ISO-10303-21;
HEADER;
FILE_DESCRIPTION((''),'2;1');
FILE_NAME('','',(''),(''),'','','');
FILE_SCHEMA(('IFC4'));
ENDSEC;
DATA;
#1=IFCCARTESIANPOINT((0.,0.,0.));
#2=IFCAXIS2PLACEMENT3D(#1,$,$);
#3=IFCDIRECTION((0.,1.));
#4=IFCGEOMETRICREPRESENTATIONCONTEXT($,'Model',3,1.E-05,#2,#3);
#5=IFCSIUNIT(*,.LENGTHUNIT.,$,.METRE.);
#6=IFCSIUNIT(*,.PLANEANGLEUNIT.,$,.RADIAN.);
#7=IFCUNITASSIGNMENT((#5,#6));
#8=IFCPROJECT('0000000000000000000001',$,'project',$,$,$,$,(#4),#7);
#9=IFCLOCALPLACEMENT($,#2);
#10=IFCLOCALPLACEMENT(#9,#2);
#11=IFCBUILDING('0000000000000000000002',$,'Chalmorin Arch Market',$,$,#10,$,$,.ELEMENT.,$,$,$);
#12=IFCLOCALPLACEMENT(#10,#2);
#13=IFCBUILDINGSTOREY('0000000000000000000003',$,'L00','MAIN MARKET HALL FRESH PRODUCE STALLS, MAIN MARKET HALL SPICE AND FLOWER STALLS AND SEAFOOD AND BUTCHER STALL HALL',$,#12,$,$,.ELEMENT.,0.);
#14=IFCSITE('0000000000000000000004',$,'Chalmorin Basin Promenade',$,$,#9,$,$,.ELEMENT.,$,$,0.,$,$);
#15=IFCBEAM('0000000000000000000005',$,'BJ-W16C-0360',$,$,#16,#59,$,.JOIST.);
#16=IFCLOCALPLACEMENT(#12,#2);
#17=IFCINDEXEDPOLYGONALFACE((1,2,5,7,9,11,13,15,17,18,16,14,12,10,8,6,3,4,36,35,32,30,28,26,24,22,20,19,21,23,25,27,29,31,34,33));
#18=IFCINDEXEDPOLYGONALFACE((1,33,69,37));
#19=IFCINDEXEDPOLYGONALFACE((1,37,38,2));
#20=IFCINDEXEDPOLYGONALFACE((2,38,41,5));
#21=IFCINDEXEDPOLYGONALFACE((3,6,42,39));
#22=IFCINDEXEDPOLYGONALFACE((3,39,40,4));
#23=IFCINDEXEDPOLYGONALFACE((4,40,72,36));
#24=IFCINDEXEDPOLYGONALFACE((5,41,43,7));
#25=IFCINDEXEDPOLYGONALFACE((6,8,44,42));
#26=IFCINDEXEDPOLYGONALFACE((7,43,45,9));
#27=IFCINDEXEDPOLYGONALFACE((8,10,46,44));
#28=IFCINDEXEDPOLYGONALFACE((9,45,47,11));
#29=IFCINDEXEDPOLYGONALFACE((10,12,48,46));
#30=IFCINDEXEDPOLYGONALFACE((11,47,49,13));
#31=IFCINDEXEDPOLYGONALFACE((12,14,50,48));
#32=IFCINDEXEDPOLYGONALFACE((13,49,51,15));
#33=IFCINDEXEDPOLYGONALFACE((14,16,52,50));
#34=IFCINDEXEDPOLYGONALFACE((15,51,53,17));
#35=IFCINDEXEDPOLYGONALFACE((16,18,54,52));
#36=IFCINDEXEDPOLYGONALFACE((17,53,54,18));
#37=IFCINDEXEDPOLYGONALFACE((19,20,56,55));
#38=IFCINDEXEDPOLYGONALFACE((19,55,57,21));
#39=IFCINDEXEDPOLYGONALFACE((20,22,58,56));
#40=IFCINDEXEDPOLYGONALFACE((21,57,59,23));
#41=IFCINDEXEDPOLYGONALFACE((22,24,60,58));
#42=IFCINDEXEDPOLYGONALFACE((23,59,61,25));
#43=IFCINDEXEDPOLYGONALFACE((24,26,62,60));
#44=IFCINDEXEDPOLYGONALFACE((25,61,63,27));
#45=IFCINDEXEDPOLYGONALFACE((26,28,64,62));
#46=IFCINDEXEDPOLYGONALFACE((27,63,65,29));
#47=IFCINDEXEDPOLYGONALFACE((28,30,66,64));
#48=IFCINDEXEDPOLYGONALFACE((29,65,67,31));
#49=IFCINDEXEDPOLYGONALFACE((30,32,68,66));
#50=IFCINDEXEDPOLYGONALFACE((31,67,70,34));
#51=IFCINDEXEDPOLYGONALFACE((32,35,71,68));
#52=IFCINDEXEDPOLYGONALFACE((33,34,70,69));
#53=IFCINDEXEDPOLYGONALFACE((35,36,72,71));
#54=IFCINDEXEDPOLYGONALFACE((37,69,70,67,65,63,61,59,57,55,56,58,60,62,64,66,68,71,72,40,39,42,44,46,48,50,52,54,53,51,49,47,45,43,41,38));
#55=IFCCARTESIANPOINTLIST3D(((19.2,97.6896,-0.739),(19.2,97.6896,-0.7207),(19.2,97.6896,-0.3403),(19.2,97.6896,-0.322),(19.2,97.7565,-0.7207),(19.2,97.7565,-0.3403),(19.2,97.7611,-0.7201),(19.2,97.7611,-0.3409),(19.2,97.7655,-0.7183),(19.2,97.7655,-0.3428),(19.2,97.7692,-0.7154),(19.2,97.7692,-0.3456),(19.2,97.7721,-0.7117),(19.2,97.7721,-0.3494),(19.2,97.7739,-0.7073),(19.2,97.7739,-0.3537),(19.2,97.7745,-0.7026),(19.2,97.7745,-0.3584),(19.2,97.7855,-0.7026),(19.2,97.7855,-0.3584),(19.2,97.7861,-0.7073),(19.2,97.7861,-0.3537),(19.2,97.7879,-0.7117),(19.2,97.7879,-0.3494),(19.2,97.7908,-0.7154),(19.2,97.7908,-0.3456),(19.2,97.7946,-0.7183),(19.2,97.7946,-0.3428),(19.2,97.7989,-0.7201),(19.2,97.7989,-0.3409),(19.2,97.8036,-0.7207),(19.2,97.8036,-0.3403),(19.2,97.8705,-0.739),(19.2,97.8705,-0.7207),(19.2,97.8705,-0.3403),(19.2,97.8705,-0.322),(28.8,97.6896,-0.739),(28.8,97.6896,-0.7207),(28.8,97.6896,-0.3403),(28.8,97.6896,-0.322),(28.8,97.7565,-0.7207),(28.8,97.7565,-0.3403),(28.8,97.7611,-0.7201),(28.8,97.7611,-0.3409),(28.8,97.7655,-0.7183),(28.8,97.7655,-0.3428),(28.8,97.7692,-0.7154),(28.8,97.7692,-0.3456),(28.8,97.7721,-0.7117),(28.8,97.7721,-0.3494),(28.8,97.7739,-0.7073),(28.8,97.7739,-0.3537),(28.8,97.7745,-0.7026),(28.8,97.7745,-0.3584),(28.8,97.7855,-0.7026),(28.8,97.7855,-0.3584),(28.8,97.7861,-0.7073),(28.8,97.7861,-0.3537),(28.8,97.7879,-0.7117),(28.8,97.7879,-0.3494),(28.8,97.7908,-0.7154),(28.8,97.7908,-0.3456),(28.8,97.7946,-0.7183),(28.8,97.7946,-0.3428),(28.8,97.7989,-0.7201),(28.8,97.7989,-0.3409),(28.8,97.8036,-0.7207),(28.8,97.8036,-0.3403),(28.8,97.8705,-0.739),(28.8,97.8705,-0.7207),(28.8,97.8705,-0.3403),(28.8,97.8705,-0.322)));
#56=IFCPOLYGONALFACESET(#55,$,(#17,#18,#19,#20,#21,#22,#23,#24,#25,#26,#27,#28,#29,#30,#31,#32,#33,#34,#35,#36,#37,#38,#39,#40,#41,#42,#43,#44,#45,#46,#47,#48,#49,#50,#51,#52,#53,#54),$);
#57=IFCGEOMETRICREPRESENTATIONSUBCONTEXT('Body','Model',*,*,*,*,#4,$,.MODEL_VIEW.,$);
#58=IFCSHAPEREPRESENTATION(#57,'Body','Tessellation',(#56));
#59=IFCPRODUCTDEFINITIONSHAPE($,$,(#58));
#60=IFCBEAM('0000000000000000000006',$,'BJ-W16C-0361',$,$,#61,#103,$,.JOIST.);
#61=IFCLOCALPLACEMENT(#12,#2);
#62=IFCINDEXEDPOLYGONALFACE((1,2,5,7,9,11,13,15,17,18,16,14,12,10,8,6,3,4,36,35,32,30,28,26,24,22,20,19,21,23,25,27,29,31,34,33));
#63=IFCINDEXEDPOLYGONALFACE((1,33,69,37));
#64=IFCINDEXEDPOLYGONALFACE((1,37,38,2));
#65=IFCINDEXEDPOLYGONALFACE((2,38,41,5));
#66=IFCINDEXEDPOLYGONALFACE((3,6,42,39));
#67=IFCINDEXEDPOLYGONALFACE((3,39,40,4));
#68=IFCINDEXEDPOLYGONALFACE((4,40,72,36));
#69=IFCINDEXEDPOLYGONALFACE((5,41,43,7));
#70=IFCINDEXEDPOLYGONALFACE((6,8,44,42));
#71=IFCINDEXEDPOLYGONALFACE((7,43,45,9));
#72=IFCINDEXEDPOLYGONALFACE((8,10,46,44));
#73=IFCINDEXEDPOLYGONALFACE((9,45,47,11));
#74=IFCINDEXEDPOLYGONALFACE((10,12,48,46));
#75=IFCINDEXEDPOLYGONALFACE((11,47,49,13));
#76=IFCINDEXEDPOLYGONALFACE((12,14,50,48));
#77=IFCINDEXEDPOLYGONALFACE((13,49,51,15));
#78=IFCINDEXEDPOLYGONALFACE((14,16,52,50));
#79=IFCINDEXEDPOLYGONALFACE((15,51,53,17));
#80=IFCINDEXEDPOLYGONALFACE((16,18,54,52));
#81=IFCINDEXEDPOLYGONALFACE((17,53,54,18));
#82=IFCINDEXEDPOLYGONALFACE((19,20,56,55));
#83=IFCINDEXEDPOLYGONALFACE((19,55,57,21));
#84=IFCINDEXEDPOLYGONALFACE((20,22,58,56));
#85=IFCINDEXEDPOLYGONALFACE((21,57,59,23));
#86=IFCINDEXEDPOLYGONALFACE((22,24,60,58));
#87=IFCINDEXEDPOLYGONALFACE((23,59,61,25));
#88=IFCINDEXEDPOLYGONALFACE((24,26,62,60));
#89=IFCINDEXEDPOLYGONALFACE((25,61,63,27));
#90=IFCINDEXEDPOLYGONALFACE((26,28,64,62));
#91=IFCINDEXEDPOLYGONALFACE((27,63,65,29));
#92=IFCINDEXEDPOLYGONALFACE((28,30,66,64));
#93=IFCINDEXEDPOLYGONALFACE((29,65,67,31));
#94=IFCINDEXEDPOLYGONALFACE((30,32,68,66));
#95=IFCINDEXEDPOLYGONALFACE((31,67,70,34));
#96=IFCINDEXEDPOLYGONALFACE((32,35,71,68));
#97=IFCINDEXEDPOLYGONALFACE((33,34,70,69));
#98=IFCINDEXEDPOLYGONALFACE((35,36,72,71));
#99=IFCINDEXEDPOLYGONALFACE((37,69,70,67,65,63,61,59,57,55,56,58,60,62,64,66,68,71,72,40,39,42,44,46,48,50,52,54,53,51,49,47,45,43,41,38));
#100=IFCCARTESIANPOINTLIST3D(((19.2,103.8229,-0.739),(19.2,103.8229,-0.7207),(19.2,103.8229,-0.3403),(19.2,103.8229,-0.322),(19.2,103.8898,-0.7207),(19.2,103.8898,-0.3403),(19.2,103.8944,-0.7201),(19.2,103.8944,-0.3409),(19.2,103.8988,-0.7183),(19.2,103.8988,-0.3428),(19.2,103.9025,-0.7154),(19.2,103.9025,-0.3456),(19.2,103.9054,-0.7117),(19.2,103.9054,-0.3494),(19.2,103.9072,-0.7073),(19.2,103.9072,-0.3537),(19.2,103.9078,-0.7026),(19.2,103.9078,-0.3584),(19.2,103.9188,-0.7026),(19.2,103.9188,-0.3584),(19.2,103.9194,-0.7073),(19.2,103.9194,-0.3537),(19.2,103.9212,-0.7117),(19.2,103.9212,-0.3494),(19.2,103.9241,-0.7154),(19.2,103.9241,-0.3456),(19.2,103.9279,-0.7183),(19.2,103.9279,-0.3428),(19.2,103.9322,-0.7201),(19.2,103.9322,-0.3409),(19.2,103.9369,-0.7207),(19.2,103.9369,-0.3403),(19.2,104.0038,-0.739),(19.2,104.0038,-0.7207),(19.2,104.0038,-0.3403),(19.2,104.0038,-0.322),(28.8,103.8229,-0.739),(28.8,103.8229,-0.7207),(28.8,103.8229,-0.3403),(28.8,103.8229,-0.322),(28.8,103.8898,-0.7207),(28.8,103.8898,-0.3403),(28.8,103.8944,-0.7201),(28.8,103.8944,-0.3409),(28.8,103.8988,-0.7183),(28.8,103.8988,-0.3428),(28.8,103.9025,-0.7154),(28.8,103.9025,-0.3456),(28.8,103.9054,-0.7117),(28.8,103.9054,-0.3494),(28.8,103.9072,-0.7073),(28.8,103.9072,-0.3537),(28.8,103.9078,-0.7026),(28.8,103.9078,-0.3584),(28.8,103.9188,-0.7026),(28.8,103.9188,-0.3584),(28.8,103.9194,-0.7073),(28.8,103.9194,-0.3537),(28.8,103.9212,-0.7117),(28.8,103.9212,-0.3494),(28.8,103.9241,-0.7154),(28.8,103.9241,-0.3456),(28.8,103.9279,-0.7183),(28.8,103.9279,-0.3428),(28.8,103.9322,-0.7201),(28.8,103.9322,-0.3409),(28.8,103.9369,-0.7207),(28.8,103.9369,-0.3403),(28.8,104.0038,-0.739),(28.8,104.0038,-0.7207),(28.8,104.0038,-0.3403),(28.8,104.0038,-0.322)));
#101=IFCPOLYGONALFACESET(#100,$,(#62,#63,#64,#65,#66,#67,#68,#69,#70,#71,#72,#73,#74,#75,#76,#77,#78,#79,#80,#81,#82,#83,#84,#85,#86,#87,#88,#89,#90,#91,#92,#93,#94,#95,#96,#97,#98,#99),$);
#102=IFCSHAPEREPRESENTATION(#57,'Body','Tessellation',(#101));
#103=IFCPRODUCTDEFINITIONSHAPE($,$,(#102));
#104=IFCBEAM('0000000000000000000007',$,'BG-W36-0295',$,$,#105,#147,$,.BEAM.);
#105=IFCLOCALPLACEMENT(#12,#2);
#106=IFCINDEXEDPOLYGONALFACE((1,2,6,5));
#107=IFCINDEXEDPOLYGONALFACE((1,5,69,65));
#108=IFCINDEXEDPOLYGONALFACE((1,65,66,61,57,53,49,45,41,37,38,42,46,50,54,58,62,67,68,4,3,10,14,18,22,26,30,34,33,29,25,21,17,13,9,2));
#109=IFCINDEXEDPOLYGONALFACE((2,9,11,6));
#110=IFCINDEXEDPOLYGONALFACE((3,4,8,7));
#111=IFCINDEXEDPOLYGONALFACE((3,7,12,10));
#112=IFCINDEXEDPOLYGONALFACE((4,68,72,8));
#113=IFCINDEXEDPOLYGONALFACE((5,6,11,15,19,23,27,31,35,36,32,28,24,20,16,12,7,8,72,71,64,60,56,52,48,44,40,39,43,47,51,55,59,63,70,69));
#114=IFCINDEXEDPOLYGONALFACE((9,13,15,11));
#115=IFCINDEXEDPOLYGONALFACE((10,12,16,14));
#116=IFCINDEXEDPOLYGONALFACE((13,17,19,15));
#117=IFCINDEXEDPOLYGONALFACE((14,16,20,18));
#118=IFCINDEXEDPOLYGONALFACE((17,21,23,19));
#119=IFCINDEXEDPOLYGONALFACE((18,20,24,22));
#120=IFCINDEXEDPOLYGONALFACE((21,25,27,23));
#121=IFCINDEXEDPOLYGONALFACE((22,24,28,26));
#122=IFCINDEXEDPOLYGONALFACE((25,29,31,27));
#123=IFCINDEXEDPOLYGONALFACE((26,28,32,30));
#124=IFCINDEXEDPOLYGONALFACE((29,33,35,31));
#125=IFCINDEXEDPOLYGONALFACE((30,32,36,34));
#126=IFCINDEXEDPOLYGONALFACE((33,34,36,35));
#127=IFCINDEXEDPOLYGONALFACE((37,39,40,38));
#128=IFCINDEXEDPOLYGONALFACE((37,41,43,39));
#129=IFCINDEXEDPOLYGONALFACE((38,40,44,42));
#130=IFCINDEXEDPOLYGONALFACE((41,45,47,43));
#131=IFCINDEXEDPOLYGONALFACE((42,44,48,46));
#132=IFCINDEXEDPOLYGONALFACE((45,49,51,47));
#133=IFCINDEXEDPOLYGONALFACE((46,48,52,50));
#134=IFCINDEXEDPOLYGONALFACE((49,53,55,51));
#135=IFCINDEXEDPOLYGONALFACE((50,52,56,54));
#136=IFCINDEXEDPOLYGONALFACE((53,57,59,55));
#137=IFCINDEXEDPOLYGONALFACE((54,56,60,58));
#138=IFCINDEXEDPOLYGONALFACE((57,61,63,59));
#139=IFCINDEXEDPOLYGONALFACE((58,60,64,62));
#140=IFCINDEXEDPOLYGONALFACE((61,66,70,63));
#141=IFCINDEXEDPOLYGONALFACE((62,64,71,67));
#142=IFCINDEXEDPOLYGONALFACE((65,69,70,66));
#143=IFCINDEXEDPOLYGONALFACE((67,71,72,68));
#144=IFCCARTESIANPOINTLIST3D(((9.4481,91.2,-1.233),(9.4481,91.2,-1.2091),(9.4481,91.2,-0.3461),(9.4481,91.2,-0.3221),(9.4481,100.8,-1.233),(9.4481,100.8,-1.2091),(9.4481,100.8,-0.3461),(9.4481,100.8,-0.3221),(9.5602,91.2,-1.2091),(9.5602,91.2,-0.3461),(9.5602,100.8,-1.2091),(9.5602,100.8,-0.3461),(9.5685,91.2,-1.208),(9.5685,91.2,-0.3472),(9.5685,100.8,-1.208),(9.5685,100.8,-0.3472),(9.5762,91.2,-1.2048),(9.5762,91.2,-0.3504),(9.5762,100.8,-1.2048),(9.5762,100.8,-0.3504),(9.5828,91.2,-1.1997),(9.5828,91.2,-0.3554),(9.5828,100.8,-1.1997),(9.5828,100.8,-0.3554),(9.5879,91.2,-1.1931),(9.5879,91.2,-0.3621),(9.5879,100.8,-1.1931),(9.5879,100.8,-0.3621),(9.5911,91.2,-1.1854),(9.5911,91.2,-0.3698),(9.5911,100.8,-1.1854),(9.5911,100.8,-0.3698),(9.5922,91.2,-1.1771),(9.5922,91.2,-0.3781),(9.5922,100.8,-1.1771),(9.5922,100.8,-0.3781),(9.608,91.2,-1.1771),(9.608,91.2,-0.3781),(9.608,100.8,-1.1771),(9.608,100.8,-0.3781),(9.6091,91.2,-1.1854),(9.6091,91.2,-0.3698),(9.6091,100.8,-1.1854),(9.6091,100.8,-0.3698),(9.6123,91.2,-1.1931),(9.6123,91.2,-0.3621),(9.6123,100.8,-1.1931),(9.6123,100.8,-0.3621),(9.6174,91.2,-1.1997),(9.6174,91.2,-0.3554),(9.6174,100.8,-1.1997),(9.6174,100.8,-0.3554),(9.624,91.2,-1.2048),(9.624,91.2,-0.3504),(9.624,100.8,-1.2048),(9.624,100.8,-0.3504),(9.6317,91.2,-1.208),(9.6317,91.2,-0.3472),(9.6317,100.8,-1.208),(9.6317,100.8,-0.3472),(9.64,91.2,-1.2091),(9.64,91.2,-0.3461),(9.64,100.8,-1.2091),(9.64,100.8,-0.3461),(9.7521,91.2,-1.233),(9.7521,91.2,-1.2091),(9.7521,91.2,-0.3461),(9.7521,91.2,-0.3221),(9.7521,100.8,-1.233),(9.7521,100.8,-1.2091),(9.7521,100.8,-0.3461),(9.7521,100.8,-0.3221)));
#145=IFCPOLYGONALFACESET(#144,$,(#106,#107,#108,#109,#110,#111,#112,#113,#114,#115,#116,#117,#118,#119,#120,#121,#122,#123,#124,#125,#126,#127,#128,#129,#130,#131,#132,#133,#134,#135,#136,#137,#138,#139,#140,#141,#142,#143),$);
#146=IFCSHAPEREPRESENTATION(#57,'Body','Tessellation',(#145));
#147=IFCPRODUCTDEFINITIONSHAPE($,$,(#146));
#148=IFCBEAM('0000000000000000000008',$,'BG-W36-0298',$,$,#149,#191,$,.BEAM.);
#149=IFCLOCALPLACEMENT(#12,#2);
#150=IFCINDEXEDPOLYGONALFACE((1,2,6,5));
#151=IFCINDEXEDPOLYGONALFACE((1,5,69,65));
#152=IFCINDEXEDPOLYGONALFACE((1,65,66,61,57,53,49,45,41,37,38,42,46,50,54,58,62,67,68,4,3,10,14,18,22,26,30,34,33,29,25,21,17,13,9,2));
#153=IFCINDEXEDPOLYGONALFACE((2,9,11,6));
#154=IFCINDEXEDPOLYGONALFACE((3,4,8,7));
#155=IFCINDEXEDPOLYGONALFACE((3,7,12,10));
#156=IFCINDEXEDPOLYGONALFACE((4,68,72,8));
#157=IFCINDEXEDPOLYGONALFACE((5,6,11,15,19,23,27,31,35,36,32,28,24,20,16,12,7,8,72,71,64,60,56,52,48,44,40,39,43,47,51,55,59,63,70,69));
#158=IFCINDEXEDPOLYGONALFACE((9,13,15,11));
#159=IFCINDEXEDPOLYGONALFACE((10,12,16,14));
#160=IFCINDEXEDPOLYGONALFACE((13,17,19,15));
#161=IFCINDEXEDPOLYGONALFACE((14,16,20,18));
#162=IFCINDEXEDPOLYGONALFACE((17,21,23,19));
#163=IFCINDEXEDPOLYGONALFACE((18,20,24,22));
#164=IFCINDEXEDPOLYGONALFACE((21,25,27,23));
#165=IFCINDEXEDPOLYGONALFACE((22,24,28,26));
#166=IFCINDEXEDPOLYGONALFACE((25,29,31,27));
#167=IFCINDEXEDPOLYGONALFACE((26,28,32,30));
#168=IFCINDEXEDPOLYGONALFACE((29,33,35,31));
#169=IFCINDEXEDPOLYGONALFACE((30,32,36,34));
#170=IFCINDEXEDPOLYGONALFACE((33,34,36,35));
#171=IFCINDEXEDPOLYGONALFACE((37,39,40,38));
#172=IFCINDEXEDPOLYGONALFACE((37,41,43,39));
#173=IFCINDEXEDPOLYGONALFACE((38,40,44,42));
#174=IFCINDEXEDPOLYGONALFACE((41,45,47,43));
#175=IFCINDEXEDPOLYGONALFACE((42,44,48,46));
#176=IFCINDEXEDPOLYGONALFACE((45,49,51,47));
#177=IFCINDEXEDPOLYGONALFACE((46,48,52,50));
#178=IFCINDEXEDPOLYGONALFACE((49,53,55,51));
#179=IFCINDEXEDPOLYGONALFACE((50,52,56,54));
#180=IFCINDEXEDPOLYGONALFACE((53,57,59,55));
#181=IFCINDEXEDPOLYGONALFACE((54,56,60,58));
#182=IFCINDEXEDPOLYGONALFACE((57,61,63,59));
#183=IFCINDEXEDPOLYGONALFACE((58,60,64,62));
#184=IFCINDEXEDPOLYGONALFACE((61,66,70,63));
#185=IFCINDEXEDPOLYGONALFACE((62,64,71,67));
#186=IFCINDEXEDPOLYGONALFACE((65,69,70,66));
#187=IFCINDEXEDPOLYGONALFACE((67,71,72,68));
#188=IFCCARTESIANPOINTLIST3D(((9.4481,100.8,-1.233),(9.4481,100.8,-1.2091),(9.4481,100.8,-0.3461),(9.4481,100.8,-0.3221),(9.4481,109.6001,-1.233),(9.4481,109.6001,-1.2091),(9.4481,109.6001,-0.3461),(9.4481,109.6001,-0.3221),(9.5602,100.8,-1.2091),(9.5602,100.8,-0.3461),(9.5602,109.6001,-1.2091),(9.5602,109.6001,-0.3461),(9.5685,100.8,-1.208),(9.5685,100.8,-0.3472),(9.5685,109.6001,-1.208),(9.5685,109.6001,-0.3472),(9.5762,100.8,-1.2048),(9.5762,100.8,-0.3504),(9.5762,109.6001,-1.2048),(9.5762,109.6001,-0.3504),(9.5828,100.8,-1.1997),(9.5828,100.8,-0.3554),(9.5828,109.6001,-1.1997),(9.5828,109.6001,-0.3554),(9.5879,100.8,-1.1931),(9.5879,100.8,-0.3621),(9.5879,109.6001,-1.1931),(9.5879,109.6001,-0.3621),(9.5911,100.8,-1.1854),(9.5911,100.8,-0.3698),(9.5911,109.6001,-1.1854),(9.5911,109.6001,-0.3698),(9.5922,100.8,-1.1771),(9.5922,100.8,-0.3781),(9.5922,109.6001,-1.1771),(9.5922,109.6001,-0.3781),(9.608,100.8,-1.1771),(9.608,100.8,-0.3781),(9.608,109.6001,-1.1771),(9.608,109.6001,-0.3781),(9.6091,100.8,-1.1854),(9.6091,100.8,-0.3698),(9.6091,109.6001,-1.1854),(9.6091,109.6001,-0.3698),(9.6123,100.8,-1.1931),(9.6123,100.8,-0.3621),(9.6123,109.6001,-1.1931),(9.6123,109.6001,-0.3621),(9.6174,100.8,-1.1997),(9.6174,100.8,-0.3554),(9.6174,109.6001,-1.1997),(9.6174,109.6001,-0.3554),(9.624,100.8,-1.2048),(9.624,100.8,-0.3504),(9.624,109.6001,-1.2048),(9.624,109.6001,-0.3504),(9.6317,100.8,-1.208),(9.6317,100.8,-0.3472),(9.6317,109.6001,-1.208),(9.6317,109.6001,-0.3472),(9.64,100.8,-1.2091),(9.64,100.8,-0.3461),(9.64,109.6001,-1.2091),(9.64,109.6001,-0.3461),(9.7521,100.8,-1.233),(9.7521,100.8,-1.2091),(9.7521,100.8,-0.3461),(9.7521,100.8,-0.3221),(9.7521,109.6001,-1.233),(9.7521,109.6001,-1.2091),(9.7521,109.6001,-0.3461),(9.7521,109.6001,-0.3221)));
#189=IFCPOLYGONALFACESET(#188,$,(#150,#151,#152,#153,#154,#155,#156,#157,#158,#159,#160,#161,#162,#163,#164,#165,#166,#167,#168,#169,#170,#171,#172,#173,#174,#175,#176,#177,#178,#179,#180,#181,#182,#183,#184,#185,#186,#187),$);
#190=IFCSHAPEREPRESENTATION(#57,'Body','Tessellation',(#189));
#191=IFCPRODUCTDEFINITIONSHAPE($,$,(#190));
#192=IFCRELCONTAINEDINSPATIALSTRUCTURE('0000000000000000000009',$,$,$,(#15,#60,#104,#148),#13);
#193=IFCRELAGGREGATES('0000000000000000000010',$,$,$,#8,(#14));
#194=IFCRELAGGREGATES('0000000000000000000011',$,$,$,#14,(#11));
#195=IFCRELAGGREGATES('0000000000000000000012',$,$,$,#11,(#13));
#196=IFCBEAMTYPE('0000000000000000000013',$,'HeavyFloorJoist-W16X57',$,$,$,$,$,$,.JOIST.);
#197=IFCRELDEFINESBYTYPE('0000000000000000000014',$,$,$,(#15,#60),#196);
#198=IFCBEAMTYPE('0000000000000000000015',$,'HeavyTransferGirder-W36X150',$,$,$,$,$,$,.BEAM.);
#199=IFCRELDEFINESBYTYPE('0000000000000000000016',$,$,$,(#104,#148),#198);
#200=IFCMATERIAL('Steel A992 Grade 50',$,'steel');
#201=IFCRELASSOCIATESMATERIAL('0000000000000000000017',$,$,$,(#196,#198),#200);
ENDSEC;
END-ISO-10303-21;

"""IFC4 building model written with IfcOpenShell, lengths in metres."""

from ifc_helpers import new_model, si_unit, direction, frame, origin, origin_2d, place, context, subcontext, project, spatial, i_section, extrude, material, material_profile, profile_set, type_object, element, save


model = new_model("IFC4")

# Units and contexts
model_context = context("Model", 3, precision=1e-05, world=origin(), true_north=direction((0.0, 1.0)))
body_context = subcontext(model_context, "Body", "Model", "MODEL_VIEW")
ifc_project = project(units=[si_unit("LENGTHUNIT", "METRE"), si_unit("PLANEANGLEUNIT", "RADIAN")], contexts=[model_context])

# Site, building, storey
site_placement = place(None, origin())
site = spatial("IfcSite", under=ifc_project, at=site_placement, Name="Chalmorin Basin Promenade", CompositionType="ELEMENT", RefElevation=0.0)
building_placement = place(site_placement, origin())
building = spatial("IfcBuilding", under=site, at=building_placement, Name="Chalmorin Arch Market", CompositionType="ELEMENT")
storey_placement = place(building_placement, origin())
storey = spatial("IfcBuildingStorey", under=building, at=storey_placement, Name="L00", Description="MAIN MARKET HALL FRESH PRODUCE STALLS, MAIN MARKET HALL SPICE AND FLOWER STALLS AND SEAFOOD AND BUTCHER STALL HALL", CompositionType="ELEMENT", Elevation=0.0)

# Beams
ifc_material_1 = material(Name="Steel A992 Grade 50", Category="steel")
ifc_material_profile_1 = material_profile(ifc_material_1, i_section(OverallWidth=0.1809, OverallDepth=0.417, WebThickness=0.011, FlangeThickness=0.0183, FilletRadius=0.0181, at=origin_2d()), Name="W16X57")
ifc_profile_set_1 = profile_set([ifc_material_profile_1], Name="Steel A992 Grade 50")
beam_type_1 = type_object("IfcBeamType", Name="HeavyFloorJoist-W16X57", PredefinedType="JOIST", material=ifc_profile_set_1)
for number, where, z_axis, x_axis, name in (
    (1, (19.2, 97.78, -0.5305), (1.0, 0.0, 0.0), (0.0, 1.0, 0.0), "BJ-W16C-0360"),
    (2, (19.2, 103.9133, -0.5305), (1.0, 0.0, 0.0), (0.0, 1.0, 0.0), "BJ-W16C-0361"),
):
    element("IfcBeam", number, at=place(storey_placement, frame(where, z_axis=z_axis, x_axis=x_axis)), inside=storey, type_object=beam_type_1, Name=name, PredefinedType="JOIST", context=body_context, shape_type="SweptSolid", body=[
        extrude(i_section(OverallWidth=0.1809, OverallDepth=0.417, WebThickness=0.011, FlangeThickness=0.0183, FilletRadius=0.0181, at=origin_2d()), origin(), (0.0, 0.0, 1.0), 9.6001),
    ])
ifc_material_profile_2 = material_profile(ifc_material_1, i_section(OverallWidth=0.304, OverallDepth=0.9109, WebThickness=0.0159, FlangeThickness=0.0239, FilletRadius=0.032, at=origin_2d()), Name="W36X150")
ifc_profile_set_2 = profile_set([ifc_material_profile_2], Name="Steel A992 Grade 50")
beam_type_2 = type_object("IfcBeamType", Name="HeavyTransferGirder-W36X150", PredefinedType="BEAM", material=ifc_profile_set_2)
beam_1_placement = place(storey_placement, frame((9.6001, 91.2, -0.7776), z_axis=(0.0, 1.0, 0.0), x_axis=(-1.0, 0.0, 0.0)))
element("IfcBeam", 3, at=beam_1_placement, inside=storey, type_object=beam_type_2, Name="BG-W36-0295", PredefinedType="BEAM", context=body_context, shape_type="SweptSolid", body=[
    extrude(i_section(OverallWidth=0.304, OverallDepth=0.9109, WebThickness=0.0159, FlangeThickness=0.0239, FilletRadius=0.032, at=origin_2d()), origin(), (0.0, 0.0, 1.0), 9.6001),
])
beam_2_placement = place(storey_placement, frame((9.6001, 100.8, -0.7776), z_axis=(0.0, 1.0, 0.0), x_axis=(-1.0, 0.0, 0.0)))
element("IfcBeam", 4, at=beam_2_placement, inside=storey, type_object=beam_type_2, Name="BG-W36-0298", PredefinedType="BEAM", context=body_context, shape_type="SweptSolid", body=[
    extrude(i_section(OverallWidth=0.304, OverallDepth=0.9109, WebThickness=0.0159, FlangeThickness=0.0239, FilletRadius=0.032, at=origin_2d()), origin(), (0.0, 0.0, 1.0), 8.8),
])

save(model, "model.ifc")
